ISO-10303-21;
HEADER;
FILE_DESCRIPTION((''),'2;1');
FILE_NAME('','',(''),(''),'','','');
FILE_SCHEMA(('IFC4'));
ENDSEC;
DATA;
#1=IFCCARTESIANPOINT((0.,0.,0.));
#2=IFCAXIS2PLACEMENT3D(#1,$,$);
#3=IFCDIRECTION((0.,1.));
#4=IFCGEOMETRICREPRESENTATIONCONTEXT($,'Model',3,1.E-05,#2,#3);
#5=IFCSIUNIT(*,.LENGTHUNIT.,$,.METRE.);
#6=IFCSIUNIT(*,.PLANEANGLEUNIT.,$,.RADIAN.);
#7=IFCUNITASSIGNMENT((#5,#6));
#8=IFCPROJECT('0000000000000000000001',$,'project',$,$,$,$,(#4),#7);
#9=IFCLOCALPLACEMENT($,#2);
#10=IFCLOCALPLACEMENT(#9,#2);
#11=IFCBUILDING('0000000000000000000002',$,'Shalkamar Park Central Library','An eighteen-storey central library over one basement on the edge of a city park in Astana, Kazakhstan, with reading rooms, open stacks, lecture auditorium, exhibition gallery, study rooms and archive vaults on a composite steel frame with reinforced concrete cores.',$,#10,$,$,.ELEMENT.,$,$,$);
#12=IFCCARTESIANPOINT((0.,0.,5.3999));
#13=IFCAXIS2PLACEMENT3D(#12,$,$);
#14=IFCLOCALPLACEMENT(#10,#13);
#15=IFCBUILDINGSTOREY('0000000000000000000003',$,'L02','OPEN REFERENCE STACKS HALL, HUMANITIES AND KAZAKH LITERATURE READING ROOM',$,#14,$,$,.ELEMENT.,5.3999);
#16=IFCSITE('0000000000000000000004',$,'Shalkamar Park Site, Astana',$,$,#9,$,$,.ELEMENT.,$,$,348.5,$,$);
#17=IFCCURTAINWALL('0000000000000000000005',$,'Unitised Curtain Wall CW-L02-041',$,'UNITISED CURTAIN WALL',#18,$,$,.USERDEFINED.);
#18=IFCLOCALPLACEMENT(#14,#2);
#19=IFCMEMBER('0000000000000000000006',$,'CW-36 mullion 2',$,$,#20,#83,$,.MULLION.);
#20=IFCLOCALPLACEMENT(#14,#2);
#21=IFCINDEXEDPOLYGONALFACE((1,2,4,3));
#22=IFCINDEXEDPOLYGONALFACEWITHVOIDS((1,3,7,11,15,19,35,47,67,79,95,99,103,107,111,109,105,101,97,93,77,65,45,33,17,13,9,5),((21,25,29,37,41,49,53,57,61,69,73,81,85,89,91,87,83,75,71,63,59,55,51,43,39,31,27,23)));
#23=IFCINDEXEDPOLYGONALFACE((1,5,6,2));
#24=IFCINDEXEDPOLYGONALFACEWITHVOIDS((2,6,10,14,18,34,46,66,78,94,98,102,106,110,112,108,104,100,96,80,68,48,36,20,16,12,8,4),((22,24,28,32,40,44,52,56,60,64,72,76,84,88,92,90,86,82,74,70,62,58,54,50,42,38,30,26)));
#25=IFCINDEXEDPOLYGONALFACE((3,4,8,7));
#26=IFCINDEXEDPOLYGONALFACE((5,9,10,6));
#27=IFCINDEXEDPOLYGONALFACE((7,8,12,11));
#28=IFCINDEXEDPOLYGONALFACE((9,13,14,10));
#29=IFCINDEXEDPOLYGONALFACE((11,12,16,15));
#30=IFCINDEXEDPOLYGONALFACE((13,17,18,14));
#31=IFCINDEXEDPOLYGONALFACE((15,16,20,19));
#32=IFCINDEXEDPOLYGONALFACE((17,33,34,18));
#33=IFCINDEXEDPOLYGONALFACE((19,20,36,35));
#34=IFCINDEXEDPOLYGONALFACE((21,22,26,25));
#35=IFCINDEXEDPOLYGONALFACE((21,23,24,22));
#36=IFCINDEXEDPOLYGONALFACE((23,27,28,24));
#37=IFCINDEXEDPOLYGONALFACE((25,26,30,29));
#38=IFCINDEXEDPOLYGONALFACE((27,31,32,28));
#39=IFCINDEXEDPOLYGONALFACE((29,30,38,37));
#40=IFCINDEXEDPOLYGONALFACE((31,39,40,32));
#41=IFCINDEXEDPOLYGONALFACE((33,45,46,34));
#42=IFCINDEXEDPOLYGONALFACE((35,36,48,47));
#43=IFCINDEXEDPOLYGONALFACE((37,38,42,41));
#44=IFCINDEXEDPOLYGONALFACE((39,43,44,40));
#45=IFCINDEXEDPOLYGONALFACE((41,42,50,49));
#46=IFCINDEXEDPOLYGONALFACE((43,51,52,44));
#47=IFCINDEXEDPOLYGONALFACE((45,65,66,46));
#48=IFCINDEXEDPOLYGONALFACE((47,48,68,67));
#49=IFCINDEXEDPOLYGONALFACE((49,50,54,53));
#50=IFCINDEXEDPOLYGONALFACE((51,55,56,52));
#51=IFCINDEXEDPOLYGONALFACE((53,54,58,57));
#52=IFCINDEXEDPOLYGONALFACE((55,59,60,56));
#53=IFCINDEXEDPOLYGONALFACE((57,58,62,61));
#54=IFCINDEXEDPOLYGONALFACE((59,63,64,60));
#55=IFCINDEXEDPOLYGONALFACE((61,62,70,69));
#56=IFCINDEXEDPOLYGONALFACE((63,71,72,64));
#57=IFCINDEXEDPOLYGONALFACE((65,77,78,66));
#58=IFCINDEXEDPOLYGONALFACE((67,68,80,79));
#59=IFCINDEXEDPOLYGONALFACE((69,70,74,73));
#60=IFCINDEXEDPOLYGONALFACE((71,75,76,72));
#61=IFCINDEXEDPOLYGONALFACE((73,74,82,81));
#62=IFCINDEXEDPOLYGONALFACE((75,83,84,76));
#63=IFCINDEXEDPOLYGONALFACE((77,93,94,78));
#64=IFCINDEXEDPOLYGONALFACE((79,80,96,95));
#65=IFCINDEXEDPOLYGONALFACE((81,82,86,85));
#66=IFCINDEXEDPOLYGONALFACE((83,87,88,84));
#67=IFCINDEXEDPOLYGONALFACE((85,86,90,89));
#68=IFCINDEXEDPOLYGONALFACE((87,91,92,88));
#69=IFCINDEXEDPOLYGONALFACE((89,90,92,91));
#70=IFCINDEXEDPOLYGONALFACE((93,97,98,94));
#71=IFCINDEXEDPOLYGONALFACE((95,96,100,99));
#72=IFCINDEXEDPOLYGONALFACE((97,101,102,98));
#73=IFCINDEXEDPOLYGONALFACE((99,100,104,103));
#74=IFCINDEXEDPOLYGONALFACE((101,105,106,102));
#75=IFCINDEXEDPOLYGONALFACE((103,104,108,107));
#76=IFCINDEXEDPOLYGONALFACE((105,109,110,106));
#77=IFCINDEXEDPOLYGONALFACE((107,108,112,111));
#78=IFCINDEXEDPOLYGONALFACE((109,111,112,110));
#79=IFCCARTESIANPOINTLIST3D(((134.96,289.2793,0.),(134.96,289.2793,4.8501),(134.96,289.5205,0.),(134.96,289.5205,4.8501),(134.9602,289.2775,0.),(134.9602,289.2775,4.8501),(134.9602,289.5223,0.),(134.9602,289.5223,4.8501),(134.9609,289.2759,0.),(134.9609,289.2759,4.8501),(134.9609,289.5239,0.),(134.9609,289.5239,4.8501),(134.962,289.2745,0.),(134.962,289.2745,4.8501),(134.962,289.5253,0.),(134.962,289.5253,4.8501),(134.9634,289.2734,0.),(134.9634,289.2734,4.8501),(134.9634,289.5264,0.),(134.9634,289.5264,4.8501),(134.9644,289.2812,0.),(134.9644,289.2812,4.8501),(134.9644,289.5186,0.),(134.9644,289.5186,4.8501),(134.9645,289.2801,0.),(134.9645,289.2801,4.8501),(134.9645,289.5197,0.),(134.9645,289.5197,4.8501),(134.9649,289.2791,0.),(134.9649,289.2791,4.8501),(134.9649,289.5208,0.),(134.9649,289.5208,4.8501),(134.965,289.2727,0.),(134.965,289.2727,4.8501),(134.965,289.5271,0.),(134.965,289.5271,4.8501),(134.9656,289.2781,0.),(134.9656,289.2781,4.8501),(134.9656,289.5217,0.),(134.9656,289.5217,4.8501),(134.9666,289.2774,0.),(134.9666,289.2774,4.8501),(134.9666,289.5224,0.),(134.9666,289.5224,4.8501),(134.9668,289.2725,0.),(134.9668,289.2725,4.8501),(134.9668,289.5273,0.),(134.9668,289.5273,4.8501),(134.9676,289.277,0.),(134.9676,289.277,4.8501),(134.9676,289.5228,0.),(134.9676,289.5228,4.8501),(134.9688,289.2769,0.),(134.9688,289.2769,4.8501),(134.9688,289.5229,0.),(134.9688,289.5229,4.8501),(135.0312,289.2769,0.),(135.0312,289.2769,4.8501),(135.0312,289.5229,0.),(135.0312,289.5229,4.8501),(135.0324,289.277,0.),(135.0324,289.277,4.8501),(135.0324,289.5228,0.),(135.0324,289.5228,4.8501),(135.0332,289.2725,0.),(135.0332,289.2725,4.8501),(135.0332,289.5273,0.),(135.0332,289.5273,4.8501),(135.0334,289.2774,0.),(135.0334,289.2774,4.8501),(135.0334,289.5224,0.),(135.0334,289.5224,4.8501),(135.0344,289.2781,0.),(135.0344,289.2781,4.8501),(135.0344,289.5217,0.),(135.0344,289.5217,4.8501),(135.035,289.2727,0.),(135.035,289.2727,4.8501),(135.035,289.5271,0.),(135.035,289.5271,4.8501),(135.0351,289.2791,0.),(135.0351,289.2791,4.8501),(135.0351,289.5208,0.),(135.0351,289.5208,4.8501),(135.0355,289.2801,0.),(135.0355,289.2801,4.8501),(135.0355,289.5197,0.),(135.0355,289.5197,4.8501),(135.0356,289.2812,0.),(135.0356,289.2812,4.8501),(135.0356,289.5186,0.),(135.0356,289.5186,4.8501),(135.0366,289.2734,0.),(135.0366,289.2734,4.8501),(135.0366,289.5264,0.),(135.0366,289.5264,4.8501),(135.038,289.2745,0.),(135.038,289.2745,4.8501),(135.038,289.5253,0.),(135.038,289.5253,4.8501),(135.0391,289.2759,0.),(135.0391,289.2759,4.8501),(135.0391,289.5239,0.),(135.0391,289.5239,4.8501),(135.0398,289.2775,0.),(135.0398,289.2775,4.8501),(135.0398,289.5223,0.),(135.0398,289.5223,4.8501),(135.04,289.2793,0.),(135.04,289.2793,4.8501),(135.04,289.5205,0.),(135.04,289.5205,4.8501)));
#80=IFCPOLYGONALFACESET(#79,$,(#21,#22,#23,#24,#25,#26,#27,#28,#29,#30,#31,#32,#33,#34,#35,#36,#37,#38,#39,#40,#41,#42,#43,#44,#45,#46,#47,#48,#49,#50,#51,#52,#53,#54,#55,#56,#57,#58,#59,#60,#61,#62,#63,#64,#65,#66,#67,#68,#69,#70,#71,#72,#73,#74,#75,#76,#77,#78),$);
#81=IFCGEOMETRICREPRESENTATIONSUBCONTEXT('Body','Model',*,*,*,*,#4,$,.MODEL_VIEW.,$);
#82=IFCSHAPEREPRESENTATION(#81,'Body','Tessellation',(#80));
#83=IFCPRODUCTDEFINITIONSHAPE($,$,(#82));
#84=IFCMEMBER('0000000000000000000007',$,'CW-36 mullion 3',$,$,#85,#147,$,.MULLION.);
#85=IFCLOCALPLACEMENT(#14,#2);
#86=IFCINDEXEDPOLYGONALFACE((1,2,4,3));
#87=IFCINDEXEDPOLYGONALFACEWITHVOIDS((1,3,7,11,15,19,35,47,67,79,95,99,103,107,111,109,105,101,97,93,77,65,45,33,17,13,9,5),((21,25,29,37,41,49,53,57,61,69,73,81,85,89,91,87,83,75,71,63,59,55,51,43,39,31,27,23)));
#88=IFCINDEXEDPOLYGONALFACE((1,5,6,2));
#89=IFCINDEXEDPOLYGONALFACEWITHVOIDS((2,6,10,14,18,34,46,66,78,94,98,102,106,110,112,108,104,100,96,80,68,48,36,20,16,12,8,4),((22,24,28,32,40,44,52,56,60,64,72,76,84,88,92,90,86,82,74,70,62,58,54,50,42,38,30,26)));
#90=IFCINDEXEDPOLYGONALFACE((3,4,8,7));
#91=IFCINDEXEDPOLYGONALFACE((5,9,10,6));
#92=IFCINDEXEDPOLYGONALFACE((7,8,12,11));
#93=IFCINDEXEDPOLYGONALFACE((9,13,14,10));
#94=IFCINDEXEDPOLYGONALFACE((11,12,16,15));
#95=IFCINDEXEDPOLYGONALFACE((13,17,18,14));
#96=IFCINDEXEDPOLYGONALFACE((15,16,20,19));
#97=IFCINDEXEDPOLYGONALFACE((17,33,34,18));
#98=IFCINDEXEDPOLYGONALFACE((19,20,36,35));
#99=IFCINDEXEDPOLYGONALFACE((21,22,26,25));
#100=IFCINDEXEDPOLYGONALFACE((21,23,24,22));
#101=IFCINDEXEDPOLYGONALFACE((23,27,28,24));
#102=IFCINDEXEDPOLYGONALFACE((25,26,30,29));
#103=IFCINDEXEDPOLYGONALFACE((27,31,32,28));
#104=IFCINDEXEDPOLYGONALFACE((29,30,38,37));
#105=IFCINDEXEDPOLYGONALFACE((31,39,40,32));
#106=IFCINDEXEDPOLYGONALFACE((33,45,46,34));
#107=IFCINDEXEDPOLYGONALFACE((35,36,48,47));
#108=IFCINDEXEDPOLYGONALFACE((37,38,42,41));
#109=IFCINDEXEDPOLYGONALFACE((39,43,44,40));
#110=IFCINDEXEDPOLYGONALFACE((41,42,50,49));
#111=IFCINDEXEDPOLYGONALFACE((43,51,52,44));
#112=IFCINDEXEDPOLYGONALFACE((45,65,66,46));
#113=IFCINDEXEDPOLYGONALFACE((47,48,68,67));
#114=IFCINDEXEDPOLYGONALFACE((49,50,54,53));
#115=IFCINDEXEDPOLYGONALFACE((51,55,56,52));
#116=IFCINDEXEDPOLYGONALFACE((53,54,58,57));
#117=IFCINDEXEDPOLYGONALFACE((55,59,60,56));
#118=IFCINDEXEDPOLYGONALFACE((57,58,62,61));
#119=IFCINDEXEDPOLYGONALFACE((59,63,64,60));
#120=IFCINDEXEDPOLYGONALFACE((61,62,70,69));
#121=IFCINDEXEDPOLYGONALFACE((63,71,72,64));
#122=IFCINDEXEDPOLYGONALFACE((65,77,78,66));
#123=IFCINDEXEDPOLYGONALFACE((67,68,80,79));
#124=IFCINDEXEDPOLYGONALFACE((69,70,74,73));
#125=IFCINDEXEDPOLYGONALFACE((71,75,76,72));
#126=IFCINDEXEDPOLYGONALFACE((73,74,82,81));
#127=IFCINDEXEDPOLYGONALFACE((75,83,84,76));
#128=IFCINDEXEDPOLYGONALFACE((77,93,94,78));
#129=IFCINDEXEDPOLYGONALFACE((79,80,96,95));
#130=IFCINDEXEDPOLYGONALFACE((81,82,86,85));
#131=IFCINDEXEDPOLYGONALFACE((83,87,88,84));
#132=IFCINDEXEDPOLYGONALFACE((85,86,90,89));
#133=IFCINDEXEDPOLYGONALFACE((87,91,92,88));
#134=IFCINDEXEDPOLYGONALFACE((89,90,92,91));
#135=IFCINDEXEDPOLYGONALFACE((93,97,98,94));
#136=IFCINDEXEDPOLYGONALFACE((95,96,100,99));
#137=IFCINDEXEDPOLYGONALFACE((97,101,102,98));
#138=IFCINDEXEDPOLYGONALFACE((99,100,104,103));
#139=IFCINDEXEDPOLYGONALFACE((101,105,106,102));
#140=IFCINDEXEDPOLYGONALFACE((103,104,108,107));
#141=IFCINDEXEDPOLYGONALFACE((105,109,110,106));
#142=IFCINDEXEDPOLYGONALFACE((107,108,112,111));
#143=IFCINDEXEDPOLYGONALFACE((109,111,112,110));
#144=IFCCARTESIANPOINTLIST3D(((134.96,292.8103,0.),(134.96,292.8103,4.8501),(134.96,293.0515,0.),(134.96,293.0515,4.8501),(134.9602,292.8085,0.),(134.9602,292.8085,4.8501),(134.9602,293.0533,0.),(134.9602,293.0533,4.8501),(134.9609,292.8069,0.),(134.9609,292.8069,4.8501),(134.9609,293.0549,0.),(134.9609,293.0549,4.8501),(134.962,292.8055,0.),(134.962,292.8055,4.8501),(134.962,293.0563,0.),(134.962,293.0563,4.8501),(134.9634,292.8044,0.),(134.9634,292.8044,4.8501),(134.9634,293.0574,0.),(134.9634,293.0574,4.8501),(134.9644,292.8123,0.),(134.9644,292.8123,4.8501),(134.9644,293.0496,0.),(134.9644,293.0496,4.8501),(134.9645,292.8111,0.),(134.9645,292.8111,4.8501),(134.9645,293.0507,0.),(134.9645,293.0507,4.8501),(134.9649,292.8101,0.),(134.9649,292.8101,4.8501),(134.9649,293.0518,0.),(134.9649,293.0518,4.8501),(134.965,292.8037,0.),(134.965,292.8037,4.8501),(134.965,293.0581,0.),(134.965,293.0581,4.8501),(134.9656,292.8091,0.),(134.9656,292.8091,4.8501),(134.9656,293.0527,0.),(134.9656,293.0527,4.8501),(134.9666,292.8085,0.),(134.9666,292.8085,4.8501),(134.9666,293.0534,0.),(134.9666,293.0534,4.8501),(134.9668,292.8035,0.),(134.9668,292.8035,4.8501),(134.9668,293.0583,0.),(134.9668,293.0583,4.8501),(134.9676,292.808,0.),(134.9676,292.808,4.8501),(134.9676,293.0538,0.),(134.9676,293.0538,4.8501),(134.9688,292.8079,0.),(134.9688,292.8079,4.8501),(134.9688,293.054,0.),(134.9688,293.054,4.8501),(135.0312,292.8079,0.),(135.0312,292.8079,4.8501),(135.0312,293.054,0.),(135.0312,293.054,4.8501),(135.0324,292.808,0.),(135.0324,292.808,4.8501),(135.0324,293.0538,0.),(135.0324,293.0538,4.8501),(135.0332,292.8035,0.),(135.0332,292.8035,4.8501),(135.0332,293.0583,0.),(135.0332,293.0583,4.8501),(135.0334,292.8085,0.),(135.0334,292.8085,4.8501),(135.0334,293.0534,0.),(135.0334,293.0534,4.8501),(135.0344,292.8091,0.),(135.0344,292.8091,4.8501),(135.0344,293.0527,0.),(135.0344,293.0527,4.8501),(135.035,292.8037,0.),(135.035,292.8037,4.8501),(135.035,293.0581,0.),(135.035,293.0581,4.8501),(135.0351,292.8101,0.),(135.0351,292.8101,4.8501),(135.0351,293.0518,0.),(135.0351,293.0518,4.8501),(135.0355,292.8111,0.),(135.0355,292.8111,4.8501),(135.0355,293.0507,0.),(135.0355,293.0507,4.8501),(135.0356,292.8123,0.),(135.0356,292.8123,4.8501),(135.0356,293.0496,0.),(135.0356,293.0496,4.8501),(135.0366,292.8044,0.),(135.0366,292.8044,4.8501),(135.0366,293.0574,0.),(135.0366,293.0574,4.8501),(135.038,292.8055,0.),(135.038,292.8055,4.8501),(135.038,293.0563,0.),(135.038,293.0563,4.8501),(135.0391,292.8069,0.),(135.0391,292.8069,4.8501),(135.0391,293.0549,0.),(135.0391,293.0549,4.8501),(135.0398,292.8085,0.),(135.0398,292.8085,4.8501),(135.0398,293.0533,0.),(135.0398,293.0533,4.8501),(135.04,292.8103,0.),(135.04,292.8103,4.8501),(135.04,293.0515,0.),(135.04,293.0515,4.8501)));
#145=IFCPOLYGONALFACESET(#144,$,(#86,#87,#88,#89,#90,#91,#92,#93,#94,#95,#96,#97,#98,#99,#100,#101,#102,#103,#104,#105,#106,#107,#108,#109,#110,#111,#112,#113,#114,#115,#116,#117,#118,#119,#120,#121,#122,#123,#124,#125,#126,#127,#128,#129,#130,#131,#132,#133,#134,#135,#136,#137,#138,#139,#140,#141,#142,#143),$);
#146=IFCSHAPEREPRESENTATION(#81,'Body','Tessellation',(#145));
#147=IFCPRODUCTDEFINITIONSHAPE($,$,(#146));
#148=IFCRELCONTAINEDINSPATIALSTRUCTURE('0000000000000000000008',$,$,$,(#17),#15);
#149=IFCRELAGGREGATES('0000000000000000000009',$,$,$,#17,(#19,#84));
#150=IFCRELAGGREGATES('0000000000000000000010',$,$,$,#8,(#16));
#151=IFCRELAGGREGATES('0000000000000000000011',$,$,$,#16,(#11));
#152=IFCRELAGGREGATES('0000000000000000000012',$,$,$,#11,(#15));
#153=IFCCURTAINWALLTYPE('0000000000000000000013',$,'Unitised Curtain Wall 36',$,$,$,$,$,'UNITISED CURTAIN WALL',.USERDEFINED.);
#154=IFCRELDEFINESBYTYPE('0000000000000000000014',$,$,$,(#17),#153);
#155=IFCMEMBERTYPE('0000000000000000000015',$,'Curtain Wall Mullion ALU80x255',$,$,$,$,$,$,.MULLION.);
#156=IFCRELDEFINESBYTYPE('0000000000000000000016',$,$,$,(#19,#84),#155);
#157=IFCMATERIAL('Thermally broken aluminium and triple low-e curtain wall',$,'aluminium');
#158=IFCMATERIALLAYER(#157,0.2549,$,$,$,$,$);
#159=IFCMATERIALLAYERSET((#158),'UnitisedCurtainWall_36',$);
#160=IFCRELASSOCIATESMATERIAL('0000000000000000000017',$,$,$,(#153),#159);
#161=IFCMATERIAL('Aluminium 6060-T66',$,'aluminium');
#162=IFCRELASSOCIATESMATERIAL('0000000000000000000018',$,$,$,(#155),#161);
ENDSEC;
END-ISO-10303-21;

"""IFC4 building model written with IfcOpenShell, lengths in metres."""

from ifc_helpers import new_model, si_unit, direction, frame, origin, origin_2d, place, context, subcontext, project, spatial, hollow_rectangle, extrude, material, layer, layer_set, material_profile, profile_set, type_object, element, aggregate, save


model = new_model("IFC4")

# Units and contexts
model_context = context("Model", 3, precision=1e-05, world=origin(), true_north=direction((0.0, 1.0)))
body_context = subcontext(model_context, "Body", "Model", "MODEL_VIEW")
ifc_project = project(units=[si_unit("LENGTHUNIT", "METRE"), si_unit("PLANEANGLEUNIT", "RADIAN")], contexts=[model_context])

# Site, building, storey
site_placement = place(None, origin())
site = spatial("IfcSite", under=ifc_project, at=site_placement, Name="Shalkamar Park Site, Astana", CompositionType="ELEMENT", RefElevation=348.5)
building_placement = place(site_placement, origin())
building = spatial("IfcBuilding", under=site, at=building_placement, Name="Shalkamar Park Central Library", Description="An eighteen-storey central library over one basement on the edge of a city park in Astana, Kazakhstan, with reading rooms, open stacks, lecture auditorium, exhibition gallery, study rooms and archive vaults on a composite steel frame with reinforced concrete cores.", CompositionType="ELEMENT")
storey_placement = place(building_placement, frame((0.0, 0.0, 5.3999)))
storey = spatial("IfcBuildingStorey", under=building, at=storey_placement, Name="L02", Description="OPEN REFERENCE STACKS HALL, HUMANITIES AND KAZAKH LITERATURE READING ROOM", CompositionType="ELEMENT", Elevation=5.3999)

# Curtain wall, members
ifc_material_1 = material(Name="Thermally broken aluminium and triple low-e curtain wall", Category="aluminium")
ifc_layer_1 = layer(ifc_material_1, 0.2549)
ifc_layer_set_1 = layer_set([ifc_layer_1], Name="UnitisedCurtainWall_36")
curtain_wall_type = type_object("IfcCurtainWallType", Name="Unitised Curtain Wall 36", ElementType="UNITISED CURTAIN WALL", PredefinedType="USERDEFINED", material=ifc_layer_set_1)
curtain_wall_placement = place(storey_placement, origin())
curtain_wall = element("IfcCurtainWall", 1, at=curtain_wall_placement, inside=storey, type_object=curtain_wall_type, Name="Unitised Curtain Wall CW-L02-041", ObjectType="UNITISED CURTAIN WALL", PredefinedType="USERDEFINED")
ifc_material_2 = material(Name="Aluminium 6060-T66", Category="aluminium")
ifc_material_profile_1 = material_profile(ifc_material_2, hollow_rectangle(XDim=0.0801, YDim=0.2549, WallThickness=0.0044, InnerFilletRadius=0.0044, OuterFilletRadius=0.0068, at=origin_2d()), Name="ALU 80x255x4.5")
ifc_profile_set_1 = profile_set([ifc_material_profile_1], Name="Aluminium 6060-T66")
member_type_1 = type_object("IfcMemberType", Name="Curtain Wall Mullion ALU80x255", PredefinedType="MULLION", material=ifc_profile_set_1)
member_1_placement = place(storey_placement, frame((135.0, 289.3999, 0.0), z_axis=(0.0, 0.0, 1.0), x_axis=(-1.0, 0.0, 0.0)))
member_1 = element("IfcMember", 2, at=member_1_placement, type_object=member_type_1, Name="CW-36 mullion 2", PredefinedType="MULLION", context=body_context, shape_type="SweptSolid", body=[
    extrude(hollow_rectangle(XDim=0.0801, YDim=0.2549, WallThickness=0.0044, InnerFilletRadius=0.0044, OuterFilletRadius=0.0068, at=origin_2d()), origin(), (0.0, 0.0, 1.0), 4.8501),
])
member_2_placement = place(storey_placement, frame((135.0, 292.9309, 0.0), z_axis=(0.0, 0.0, 1.0), x_axis=(-1.0, 0.0, 0.0)))
member_2 = element("IfcMember", 3, at=member_2_placement, type_object=member_type_1, Name="CW-36 mullion 3", PredefinedType="MULLION", context=body_context, shape_type="SweptSolid", body=[
    extrude(hollow_rectangle(XDim=0.0801, YDim=0.2549, WallThickness=0.0044, InnerFilletRadius=0.0044, OuterFilletRadius=0.0068, at=origin_2d()), origin(), (0.0, 0.0, 1.0), 4.8501),
])

aggregate(curtain_wall, [member_1, member_2])

save(model, "model.ifc")
